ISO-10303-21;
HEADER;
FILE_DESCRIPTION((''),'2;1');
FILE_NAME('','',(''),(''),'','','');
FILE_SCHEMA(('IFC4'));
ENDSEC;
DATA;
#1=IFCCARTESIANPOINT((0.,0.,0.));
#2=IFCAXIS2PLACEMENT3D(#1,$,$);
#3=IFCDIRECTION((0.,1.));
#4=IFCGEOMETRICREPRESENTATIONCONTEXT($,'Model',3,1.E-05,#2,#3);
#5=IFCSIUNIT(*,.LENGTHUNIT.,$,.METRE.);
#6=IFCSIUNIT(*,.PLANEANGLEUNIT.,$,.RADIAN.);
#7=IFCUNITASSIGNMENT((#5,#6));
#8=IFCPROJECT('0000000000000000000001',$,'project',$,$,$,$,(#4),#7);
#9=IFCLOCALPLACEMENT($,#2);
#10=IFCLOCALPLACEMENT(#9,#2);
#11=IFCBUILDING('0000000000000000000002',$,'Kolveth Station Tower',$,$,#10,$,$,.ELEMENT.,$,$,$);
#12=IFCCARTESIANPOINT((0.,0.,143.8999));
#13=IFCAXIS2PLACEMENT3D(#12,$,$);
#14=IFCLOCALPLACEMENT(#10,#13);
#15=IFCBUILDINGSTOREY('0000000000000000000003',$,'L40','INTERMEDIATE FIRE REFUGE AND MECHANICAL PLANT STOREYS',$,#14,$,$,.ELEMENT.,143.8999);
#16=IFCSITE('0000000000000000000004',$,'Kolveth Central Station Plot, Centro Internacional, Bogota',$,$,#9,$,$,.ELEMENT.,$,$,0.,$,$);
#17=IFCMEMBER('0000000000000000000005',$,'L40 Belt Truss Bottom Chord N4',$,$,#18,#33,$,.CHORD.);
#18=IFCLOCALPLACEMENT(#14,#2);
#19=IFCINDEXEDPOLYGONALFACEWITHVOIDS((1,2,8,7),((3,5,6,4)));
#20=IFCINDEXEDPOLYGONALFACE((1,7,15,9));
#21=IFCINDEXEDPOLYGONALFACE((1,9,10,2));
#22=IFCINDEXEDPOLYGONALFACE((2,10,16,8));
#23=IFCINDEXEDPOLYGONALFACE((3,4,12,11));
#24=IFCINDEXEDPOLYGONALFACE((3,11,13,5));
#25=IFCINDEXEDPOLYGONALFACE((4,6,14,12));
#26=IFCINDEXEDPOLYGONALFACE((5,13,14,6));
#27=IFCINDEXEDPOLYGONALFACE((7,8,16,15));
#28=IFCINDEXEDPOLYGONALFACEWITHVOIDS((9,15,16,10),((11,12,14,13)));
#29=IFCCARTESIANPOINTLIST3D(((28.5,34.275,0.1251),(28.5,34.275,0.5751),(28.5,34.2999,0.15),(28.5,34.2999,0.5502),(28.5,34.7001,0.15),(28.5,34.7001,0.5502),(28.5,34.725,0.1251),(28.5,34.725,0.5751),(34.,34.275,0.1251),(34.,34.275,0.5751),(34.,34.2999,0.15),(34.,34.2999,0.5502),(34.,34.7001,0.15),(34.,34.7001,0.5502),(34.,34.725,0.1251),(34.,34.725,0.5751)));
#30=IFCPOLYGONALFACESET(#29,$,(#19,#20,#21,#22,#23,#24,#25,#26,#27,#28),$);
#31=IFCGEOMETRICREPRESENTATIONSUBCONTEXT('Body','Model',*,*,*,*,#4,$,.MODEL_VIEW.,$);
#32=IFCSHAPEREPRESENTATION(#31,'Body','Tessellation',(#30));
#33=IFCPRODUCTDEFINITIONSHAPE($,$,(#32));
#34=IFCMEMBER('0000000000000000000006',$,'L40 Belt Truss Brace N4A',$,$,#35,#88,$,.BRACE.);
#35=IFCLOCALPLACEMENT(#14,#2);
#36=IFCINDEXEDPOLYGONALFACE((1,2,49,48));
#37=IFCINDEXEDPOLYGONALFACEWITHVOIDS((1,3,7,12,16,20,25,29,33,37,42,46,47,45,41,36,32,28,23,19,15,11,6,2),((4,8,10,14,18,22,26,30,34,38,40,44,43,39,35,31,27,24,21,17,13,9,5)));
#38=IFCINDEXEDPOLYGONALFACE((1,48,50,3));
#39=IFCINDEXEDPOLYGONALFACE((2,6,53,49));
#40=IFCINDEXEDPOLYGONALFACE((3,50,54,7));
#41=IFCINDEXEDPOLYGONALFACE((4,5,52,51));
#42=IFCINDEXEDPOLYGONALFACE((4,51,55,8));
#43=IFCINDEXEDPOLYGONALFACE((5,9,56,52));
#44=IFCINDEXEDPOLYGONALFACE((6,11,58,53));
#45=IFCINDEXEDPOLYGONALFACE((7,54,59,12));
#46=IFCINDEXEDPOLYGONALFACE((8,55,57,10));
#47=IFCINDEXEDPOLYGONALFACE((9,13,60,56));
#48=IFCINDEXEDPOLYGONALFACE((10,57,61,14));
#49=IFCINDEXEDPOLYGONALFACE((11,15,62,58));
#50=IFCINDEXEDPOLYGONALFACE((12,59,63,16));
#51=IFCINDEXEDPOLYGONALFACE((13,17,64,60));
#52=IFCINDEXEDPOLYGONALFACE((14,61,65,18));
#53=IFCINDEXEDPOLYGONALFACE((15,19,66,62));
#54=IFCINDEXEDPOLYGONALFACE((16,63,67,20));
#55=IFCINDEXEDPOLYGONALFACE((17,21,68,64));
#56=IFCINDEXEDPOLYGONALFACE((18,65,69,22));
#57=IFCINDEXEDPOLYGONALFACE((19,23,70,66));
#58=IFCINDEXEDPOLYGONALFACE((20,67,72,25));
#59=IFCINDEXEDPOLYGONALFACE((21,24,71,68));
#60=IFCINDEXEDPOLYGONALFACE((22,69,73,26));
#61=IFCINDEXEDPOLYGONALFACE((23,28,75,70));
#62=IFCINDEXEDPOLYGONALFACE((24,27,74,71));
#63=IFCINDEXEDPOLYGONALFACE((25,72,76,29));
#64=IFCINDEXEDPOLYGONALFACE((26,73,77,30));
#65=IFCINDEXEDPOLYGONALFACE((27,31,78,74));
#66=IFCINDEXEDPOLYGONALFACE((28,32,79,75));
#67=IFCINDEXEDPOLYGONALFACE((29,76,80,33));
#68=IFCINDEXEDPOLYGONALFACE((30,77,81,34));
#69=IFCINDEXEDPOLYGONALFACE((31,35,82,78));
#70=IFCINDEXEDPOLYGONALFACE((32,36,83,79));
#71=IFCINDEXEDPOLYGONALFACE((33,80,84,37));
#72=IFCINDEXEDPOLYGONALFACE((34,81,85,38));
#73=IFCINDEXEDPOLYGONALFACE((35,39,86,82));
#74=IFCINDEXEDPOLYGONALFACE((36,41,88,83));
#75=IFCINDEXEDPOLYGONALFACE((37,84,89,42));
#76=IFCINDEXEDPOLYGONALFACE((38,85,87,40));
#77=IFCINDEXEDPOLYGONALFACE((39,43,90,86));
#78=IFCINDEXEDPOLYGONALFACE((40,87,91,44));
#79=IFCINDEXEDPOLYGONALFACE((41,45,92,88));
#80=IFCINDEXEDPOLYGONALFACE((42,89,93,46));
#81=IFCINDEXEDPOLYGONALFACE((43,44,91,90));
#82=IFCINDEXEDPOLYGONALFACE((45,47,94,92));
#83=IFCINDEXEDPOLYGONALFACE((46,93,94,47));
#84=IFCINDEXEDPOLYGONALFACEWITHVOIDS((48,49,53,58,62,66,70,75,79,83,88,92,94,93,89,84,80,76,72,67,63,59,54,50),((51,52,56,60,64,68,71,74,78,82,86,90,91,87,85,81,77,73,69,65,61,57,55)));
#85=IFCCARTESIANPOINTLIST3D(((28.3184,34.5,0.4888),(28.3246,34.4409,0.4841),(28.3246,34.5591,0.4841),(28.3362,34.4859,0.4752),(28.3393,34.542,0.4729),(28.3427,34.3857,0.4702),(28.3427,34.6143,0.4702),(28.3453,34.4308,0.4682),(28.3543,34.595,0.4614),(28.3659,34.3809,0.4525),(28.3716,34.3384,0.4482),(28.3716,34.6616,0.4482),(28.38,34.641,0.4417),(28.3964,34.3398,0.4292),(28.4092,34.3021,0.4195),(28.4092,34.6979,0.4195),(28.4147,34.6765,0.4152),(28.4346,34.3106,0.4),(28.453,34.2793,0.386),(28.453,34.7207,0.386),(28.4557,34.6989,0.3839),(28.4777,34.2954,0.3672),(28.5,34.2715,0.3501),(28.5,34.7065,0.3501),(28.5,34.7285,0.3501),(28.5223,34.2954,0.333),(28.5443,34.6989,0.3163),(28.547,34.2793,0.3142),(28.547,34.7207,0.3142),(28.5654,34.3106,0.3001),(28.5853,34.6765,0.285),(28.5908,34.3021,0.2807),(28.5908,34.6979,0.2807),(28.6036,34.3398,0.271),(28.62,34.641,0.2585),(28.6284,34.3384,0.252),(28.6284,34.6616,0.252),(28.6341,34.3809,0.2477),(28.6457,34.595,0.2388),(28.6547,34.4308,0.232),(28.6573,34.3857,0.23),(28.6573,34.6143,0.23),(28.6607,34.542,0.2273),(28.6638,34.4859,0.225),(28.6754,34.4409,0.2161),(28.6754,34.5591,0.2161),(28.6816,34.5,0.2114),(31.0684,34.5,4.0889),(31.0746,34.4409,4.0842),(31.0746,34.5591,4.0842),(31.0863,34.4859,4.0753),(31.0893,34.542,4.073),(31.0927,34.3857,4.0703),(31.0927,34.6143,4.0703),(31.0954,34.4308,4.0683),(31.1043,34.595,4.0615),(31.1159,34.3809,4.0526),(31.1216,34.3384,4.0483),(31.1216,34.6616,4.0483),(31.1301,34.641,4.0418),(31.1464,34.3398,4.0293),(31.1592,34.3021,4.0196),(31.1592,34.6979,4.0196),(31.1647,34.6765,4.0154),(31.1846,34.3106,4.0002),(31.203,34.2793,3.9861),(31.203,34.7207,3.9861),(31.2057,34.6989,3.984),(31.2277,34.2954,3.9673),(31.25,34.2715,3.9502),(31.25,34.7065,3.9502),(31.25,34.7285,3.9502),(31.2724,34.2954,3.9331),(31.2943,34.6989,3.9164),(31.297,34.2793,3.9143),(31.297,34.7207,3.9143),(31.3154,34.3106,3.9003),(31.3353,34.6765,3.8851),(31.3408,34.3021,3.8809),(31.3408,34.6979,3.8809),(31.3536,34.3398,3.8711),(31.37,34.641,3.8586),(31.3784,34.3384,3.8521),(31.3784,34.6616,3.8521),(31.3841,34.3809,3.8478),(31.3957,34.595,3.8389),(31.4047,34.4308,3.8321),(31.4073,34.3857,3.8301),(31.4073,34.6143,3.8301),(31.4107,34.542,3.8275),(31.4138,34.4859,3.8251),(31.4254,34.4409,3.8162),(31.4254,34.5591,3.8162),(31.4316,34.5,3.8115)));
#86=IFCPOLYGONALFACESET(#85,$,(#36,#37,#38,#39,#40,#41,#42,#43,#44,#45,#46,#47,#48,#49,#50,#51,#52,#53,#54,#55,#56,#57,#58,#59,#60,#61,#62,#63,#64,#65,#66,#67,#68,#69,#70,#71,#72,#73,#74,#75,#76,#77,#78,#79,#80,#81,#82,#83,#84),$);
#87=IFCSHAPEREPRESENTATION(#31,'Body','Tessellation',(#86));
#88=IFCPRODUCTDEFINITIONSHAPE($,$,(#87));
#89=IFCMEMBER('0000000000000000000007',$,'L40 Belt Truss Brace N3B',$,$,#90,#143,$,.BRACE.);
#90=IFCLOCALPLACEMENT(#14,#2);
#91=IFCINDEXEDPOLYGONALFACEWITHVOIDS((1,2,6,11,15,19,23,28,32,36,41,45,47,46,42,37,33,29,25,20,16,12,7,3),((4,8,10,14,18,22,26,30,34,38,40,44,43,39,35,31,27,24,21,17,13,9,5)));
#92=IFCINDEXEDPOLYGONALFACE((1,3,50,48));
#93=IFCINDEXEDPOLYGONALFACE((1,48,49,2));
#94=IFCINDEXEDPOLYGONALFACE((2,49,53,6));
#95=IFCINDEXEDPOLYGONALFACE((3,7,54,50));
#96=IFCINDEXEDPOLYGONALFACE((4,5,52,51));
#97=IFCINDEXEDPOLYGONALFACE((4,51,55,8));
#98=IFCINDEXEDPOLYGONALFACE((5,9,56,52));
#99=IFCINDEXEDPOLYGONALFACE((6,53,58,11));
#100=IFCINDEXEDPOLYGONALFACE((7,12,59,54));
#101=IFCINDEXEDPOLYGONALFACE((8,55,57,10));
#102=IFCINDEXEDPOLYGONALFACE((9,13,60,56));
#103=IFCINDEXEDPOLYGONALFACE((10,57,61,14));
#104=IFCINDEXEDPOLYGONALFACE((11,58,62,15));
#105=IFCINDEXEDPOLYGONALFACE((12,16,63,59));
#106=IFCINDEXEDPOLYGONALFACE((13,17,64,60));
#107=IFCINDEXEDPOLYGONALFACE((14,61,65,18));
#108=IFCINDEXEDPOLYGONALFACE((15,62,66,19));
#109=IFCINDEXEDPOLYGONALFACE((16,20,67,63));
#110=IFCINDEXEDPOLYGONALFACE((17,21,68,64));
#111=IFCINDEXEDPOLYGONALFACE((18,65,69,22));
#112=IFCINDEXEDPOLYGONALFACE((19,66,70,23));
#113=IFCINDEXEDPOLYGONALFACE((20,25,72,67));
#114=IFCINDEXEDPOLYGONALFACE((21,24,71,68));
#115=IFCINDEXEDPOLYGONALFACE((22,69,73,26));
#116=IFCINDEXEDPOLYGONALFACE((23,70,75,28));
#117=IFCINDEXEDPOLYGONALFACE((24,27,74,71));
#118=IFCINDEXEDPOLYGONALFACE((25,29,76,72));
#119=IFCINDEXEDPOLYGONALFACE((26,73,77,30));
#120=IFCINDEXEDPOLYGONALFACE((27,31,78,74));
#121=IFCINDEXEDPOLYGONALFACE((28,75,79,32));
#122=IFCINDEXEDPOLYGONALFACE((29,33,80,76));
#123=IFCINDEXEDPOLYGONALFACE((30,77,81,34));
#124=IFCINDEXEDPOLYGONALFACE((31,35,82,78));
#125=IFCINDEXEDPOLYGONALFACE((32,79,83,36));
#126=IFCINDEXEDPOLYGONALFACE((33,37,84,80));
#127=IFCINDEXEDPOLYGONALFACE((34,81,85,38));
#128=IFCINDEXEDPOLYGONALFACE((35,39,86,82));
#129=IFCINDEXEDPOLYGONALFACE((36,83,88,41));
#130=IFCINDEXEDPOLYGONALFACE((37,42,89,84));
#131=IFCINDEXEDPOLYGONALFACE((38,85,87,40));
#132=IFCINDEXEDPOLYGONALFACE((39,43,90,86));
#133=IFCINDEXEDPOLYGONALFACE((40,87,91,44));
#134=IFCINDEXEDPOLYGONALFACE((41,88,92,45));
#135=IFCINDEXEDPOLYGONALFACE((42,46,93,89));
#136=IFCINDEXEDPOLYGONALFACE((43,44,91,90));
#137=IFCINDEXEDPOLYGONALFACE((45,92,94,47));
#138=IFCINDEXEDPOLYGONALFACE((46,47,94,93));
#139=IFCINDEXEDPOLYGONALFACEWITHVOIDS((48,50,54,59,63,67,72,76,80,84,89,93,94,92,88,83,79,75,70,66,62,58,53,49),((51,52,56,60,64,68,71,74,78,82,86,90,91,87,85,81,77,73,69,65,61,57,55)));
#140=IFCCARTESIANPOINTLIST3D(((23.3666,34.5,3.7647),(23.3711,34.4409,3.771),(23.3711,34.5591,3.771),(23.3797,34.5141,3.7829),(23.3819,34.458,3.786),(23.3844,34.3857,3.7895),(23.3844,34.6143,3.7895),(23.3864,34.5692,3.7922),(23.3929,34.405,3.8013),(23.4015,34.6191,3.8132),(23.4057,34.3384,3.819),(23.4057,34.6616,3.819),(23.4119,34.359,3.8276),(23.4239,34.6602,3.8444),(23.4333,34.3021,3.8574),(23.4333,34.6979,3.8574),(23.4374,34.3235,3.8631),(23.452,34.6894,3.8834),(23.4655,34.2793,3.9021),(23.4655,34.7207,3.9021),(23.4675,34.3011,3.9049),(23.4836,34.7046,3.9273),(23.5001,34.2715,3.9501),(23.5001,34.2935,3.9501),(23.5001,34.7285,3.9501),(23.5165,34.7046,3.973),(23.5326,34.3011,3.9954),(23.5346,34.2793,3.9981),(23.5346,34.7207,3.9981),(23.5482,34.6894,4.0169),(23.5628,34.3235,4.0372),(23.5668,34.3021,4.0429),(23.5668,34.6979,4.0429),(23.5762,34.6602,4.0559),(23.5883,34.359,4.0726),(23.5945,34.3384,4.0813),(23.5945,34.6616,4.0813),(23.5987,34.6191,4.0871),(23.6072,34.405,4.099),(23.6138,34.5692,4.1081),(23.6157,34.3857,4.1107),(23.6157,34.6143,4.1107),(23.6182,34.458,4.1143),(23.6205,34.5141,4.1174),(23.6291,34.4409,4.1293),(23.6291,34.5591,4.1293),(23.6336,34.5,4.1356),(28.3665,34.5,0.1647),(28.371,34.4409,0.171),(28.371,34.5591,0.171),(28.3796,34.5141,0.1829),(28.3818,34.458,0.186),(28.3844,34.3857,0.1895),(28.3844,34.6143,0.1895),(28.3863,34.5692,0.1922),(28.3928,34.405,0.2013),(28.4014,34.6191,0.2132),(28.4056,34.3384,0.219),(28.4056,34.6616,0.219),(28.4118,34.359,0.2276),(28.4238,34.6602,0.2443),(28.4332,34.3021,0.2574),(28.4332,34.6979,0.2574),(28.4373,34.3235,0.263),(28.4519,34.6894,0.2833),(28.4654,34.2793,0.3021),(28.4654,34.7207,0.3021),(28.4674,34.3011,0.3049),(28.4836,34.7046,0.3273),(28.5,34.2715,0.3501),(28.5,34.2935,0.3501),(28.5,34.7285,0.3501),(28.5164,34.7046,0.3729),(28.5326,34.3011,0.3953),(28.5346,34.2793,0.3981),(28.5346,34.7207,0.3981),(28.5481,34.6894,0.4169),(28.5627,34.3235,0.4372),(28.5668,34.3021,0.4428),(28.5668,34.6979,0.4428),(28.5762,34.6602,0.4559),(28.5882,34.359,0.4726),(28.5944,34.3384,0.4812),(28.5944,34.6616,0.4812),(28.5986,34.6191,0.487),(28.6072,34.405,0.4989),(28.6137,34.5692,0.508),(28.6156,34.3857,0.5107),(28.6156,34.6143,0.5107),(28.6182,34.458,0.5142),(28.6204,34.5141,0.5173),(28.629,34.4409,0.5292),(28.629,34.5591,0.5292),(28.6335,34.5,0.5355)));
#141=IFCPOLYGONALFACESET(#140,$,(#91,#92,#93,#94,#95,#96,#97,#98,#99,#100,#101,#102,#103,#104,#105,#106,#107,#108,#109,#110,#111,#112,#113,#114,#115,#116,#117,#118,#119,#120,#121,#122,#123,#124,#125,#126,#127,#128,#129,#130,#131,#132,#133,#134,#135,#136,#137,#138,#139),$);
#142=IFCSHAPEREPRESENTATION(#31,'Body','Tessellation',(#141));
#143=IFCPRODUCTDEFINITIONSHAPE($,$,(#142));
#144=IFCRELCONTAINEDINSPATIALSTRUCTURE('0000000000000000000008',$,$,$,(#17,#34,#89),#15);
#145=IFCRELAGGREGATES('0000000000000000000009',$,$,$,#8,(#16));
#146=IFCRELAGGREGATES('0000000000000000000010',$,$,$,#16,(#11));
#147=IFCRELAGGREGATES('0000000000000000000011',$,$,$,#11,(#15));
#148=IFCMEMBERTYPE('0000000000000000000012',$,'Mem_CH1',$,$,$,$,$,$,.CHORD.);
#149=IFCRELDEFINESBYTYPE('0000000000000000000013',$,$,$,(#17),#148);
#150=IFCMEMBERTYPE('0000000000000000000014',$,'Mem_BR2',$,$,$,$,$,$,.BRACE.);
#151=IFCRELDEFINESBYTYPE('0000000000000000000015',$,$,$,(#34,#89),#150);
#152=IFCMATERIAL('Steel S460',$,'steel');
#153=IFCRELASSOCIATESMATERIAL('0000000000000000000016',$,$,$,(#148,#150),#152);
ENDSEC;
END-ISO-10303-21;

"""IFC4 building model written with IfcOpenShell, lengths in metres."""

from ifc_helpers import new_model, si_unit, direction, frame, origin, origin_2d, place, context, subcontext, project, spatial, hollow_rectangle, hollow_circle, extrude, source, transform, mapped, material, material_profile, profile_set, type_object, element, save


model = new_model("IFC4")

# Units and contexts
model_context = context("Model", 3, precision=1e-05, world=origin(), true_north=direction((0.0, 1.0)))
body_context = subcontext(model_context, "Body", "Model", "MODEL_VIEW")
ifc_project = project(units=[si_unit("LENGTHUNIT", "METRE"), si_unit("PLANEANGLEUNIT", "RADIAN")], contexts=[model_context])

# Site, building, storey
site_placement = place(None, origin())
site = spatial("IfcSite", under=ifc_project, at=site_placement, Name="Kolveth Central Station Plot, Centro Internacional, Bogota", CompositionType="ELEMENT", RefElevation=0.0)
building_placement = place(site_placement, origin())
building = spatial("IfcBuilding", under=site, at=building_placement, Name="Kolveth Station Tower", CompositionType="ELEMENT")
storey_placement = place(building_placement, frame((0.0, 0.0, 143.8999)))
storey = spatial("IfcBuildingStorey", under=building, at=storey_placement, Name="L40", Description="INTERMEDIATE FIRE REFUGE AND MECHANICAL PLANT STOREYS", CompositionType="ELEMENT", Elevation=143.8999)

# Shared definitions
ifc_material_1 = material(Name="Steel S460", Category="steel")

# Members
ifc_material_profile_1 = material_profile(ifc_material_1, hollow_rectangle(XDim=0.45, YDim=0.45, WallThickness=0.0249, at=origin_2d()), Name="HSS450x450x25")
ifc_profile_set_1 = profile_set([ifc_material_profile_1], Name="Steel S460")
member_type_1 = type_object("IfcMemberType", Name="Mem_CH1", PredefinedType="CHORD", material=ifc_profile_set_1)
shared_shape_1 = source(origin(), body_context, "Body", "SweptSolid", [
    extrude(hollow_rectangle(XDim=0.45, YDim=0.45, WallThickness=0.0249, at=origin_2d()), origin(), (0.0, 0.0, 1.0), 5.5),
])
member_1_placement = place(storey_placement, frame((28.5, 34.5, 0.3501), z_axis=(1.0, 0.0, 0.0), x_axis=(0.0, 1.0, 0.0)))
element("IfcMember", 1, at=member_1_placement, inside=storey, type_object=member_type_1, Name="L40 Belt Truss Bottom Chord N4", PredefinedType="CHORD", context=body_context, shape_type="MappedRepresentation", body=[
    mapped(shared_shape_1, transform((0.0, 0.0, 0.0), x_axis=(1.0, 0.0, 0.0), y_axis=(0.0, 1.0, 0.0), z_axis=(0.0, 0.0, 1.0), scale=1.0)),
])
ifc_material_profile_2 = material_profile(ifc_material_1, hollow_circle(Radius=0.2285, WallThickness=0.022, at=origin_2d()), Name="CHS457x22")
ifc_profile_set_2 = profile_set([ifc_material_profile_2], Name="Steel S460")
member_type_2 = type_object("IfcMemberType", Name="Mem_BR2", PredefinedType="BRACE", material=ifc_profile_set_2)
shared_shape_2 = source(origin(), body_context, "Body", "SweptSolid", [
    extrude(hollow_circle(Radius=0.2285, WallThickness=0.022, at=origin_2d()), origin(), (0.0, 0.0, 1.0), 4.5303),
])
member_2_placement = place(storey_placement, frame((28.5, 34.5, 0.3501), z_axis=(0.60703, 0.0, 0.794679), x_axis=(0.0, 1.0, 0.0)))
element("IfcMember", 2, at=member_2_placement, inside=storey, type_object=member_type_2, Name="L40 Belt Truss Brace N4A", PredefinedType="BRACE", context=body_context, shape_type="MappedRepresentation", body=[
    mapped(shared_shape_2, transform((0.0, 0.0, 0.0), x_axis=(1.0, 0.0, 0.0), y_axis=(0.0, 1.0, 0.0), z_axis=(0.0, 0.0, 1.0), scale=1.0)),
])
shared_shape_3 = source(origin(), body_context, "Body", "SweptSolid", [
    extrude(hollow_circle(Radius=0.2285, WallThickness=0.022, at=origin_2d()), origin(), (0.0, 0.0, 1.0), 6.1611),
])
member_3_placement = place(storey_placement, frame((28.5, 34.5, 0.3501), z_axis=(-0.811527, 0.0, 0.584315), x_axis=(0.0, -1.0, 0.0)))
element("IfcMember", 3, at=member_3_placement, inside=storey, type_object=member_type_2, Name="L40 Belt Truss Brace N3B", PredefinedType="BRACE", context=body_context, shape_type="MappedRepresentation", body=[
    mapped(shared_shape_3, transform((0.0, 0.0, 0.0), x_axis=(1.0, 0.0, 0.0), y_axis=(0.0, 1.0, 0.0), z_axis=(0.0, 0.0, 1.0), scale=1.0)),
])

save(model, "model.ifc")
